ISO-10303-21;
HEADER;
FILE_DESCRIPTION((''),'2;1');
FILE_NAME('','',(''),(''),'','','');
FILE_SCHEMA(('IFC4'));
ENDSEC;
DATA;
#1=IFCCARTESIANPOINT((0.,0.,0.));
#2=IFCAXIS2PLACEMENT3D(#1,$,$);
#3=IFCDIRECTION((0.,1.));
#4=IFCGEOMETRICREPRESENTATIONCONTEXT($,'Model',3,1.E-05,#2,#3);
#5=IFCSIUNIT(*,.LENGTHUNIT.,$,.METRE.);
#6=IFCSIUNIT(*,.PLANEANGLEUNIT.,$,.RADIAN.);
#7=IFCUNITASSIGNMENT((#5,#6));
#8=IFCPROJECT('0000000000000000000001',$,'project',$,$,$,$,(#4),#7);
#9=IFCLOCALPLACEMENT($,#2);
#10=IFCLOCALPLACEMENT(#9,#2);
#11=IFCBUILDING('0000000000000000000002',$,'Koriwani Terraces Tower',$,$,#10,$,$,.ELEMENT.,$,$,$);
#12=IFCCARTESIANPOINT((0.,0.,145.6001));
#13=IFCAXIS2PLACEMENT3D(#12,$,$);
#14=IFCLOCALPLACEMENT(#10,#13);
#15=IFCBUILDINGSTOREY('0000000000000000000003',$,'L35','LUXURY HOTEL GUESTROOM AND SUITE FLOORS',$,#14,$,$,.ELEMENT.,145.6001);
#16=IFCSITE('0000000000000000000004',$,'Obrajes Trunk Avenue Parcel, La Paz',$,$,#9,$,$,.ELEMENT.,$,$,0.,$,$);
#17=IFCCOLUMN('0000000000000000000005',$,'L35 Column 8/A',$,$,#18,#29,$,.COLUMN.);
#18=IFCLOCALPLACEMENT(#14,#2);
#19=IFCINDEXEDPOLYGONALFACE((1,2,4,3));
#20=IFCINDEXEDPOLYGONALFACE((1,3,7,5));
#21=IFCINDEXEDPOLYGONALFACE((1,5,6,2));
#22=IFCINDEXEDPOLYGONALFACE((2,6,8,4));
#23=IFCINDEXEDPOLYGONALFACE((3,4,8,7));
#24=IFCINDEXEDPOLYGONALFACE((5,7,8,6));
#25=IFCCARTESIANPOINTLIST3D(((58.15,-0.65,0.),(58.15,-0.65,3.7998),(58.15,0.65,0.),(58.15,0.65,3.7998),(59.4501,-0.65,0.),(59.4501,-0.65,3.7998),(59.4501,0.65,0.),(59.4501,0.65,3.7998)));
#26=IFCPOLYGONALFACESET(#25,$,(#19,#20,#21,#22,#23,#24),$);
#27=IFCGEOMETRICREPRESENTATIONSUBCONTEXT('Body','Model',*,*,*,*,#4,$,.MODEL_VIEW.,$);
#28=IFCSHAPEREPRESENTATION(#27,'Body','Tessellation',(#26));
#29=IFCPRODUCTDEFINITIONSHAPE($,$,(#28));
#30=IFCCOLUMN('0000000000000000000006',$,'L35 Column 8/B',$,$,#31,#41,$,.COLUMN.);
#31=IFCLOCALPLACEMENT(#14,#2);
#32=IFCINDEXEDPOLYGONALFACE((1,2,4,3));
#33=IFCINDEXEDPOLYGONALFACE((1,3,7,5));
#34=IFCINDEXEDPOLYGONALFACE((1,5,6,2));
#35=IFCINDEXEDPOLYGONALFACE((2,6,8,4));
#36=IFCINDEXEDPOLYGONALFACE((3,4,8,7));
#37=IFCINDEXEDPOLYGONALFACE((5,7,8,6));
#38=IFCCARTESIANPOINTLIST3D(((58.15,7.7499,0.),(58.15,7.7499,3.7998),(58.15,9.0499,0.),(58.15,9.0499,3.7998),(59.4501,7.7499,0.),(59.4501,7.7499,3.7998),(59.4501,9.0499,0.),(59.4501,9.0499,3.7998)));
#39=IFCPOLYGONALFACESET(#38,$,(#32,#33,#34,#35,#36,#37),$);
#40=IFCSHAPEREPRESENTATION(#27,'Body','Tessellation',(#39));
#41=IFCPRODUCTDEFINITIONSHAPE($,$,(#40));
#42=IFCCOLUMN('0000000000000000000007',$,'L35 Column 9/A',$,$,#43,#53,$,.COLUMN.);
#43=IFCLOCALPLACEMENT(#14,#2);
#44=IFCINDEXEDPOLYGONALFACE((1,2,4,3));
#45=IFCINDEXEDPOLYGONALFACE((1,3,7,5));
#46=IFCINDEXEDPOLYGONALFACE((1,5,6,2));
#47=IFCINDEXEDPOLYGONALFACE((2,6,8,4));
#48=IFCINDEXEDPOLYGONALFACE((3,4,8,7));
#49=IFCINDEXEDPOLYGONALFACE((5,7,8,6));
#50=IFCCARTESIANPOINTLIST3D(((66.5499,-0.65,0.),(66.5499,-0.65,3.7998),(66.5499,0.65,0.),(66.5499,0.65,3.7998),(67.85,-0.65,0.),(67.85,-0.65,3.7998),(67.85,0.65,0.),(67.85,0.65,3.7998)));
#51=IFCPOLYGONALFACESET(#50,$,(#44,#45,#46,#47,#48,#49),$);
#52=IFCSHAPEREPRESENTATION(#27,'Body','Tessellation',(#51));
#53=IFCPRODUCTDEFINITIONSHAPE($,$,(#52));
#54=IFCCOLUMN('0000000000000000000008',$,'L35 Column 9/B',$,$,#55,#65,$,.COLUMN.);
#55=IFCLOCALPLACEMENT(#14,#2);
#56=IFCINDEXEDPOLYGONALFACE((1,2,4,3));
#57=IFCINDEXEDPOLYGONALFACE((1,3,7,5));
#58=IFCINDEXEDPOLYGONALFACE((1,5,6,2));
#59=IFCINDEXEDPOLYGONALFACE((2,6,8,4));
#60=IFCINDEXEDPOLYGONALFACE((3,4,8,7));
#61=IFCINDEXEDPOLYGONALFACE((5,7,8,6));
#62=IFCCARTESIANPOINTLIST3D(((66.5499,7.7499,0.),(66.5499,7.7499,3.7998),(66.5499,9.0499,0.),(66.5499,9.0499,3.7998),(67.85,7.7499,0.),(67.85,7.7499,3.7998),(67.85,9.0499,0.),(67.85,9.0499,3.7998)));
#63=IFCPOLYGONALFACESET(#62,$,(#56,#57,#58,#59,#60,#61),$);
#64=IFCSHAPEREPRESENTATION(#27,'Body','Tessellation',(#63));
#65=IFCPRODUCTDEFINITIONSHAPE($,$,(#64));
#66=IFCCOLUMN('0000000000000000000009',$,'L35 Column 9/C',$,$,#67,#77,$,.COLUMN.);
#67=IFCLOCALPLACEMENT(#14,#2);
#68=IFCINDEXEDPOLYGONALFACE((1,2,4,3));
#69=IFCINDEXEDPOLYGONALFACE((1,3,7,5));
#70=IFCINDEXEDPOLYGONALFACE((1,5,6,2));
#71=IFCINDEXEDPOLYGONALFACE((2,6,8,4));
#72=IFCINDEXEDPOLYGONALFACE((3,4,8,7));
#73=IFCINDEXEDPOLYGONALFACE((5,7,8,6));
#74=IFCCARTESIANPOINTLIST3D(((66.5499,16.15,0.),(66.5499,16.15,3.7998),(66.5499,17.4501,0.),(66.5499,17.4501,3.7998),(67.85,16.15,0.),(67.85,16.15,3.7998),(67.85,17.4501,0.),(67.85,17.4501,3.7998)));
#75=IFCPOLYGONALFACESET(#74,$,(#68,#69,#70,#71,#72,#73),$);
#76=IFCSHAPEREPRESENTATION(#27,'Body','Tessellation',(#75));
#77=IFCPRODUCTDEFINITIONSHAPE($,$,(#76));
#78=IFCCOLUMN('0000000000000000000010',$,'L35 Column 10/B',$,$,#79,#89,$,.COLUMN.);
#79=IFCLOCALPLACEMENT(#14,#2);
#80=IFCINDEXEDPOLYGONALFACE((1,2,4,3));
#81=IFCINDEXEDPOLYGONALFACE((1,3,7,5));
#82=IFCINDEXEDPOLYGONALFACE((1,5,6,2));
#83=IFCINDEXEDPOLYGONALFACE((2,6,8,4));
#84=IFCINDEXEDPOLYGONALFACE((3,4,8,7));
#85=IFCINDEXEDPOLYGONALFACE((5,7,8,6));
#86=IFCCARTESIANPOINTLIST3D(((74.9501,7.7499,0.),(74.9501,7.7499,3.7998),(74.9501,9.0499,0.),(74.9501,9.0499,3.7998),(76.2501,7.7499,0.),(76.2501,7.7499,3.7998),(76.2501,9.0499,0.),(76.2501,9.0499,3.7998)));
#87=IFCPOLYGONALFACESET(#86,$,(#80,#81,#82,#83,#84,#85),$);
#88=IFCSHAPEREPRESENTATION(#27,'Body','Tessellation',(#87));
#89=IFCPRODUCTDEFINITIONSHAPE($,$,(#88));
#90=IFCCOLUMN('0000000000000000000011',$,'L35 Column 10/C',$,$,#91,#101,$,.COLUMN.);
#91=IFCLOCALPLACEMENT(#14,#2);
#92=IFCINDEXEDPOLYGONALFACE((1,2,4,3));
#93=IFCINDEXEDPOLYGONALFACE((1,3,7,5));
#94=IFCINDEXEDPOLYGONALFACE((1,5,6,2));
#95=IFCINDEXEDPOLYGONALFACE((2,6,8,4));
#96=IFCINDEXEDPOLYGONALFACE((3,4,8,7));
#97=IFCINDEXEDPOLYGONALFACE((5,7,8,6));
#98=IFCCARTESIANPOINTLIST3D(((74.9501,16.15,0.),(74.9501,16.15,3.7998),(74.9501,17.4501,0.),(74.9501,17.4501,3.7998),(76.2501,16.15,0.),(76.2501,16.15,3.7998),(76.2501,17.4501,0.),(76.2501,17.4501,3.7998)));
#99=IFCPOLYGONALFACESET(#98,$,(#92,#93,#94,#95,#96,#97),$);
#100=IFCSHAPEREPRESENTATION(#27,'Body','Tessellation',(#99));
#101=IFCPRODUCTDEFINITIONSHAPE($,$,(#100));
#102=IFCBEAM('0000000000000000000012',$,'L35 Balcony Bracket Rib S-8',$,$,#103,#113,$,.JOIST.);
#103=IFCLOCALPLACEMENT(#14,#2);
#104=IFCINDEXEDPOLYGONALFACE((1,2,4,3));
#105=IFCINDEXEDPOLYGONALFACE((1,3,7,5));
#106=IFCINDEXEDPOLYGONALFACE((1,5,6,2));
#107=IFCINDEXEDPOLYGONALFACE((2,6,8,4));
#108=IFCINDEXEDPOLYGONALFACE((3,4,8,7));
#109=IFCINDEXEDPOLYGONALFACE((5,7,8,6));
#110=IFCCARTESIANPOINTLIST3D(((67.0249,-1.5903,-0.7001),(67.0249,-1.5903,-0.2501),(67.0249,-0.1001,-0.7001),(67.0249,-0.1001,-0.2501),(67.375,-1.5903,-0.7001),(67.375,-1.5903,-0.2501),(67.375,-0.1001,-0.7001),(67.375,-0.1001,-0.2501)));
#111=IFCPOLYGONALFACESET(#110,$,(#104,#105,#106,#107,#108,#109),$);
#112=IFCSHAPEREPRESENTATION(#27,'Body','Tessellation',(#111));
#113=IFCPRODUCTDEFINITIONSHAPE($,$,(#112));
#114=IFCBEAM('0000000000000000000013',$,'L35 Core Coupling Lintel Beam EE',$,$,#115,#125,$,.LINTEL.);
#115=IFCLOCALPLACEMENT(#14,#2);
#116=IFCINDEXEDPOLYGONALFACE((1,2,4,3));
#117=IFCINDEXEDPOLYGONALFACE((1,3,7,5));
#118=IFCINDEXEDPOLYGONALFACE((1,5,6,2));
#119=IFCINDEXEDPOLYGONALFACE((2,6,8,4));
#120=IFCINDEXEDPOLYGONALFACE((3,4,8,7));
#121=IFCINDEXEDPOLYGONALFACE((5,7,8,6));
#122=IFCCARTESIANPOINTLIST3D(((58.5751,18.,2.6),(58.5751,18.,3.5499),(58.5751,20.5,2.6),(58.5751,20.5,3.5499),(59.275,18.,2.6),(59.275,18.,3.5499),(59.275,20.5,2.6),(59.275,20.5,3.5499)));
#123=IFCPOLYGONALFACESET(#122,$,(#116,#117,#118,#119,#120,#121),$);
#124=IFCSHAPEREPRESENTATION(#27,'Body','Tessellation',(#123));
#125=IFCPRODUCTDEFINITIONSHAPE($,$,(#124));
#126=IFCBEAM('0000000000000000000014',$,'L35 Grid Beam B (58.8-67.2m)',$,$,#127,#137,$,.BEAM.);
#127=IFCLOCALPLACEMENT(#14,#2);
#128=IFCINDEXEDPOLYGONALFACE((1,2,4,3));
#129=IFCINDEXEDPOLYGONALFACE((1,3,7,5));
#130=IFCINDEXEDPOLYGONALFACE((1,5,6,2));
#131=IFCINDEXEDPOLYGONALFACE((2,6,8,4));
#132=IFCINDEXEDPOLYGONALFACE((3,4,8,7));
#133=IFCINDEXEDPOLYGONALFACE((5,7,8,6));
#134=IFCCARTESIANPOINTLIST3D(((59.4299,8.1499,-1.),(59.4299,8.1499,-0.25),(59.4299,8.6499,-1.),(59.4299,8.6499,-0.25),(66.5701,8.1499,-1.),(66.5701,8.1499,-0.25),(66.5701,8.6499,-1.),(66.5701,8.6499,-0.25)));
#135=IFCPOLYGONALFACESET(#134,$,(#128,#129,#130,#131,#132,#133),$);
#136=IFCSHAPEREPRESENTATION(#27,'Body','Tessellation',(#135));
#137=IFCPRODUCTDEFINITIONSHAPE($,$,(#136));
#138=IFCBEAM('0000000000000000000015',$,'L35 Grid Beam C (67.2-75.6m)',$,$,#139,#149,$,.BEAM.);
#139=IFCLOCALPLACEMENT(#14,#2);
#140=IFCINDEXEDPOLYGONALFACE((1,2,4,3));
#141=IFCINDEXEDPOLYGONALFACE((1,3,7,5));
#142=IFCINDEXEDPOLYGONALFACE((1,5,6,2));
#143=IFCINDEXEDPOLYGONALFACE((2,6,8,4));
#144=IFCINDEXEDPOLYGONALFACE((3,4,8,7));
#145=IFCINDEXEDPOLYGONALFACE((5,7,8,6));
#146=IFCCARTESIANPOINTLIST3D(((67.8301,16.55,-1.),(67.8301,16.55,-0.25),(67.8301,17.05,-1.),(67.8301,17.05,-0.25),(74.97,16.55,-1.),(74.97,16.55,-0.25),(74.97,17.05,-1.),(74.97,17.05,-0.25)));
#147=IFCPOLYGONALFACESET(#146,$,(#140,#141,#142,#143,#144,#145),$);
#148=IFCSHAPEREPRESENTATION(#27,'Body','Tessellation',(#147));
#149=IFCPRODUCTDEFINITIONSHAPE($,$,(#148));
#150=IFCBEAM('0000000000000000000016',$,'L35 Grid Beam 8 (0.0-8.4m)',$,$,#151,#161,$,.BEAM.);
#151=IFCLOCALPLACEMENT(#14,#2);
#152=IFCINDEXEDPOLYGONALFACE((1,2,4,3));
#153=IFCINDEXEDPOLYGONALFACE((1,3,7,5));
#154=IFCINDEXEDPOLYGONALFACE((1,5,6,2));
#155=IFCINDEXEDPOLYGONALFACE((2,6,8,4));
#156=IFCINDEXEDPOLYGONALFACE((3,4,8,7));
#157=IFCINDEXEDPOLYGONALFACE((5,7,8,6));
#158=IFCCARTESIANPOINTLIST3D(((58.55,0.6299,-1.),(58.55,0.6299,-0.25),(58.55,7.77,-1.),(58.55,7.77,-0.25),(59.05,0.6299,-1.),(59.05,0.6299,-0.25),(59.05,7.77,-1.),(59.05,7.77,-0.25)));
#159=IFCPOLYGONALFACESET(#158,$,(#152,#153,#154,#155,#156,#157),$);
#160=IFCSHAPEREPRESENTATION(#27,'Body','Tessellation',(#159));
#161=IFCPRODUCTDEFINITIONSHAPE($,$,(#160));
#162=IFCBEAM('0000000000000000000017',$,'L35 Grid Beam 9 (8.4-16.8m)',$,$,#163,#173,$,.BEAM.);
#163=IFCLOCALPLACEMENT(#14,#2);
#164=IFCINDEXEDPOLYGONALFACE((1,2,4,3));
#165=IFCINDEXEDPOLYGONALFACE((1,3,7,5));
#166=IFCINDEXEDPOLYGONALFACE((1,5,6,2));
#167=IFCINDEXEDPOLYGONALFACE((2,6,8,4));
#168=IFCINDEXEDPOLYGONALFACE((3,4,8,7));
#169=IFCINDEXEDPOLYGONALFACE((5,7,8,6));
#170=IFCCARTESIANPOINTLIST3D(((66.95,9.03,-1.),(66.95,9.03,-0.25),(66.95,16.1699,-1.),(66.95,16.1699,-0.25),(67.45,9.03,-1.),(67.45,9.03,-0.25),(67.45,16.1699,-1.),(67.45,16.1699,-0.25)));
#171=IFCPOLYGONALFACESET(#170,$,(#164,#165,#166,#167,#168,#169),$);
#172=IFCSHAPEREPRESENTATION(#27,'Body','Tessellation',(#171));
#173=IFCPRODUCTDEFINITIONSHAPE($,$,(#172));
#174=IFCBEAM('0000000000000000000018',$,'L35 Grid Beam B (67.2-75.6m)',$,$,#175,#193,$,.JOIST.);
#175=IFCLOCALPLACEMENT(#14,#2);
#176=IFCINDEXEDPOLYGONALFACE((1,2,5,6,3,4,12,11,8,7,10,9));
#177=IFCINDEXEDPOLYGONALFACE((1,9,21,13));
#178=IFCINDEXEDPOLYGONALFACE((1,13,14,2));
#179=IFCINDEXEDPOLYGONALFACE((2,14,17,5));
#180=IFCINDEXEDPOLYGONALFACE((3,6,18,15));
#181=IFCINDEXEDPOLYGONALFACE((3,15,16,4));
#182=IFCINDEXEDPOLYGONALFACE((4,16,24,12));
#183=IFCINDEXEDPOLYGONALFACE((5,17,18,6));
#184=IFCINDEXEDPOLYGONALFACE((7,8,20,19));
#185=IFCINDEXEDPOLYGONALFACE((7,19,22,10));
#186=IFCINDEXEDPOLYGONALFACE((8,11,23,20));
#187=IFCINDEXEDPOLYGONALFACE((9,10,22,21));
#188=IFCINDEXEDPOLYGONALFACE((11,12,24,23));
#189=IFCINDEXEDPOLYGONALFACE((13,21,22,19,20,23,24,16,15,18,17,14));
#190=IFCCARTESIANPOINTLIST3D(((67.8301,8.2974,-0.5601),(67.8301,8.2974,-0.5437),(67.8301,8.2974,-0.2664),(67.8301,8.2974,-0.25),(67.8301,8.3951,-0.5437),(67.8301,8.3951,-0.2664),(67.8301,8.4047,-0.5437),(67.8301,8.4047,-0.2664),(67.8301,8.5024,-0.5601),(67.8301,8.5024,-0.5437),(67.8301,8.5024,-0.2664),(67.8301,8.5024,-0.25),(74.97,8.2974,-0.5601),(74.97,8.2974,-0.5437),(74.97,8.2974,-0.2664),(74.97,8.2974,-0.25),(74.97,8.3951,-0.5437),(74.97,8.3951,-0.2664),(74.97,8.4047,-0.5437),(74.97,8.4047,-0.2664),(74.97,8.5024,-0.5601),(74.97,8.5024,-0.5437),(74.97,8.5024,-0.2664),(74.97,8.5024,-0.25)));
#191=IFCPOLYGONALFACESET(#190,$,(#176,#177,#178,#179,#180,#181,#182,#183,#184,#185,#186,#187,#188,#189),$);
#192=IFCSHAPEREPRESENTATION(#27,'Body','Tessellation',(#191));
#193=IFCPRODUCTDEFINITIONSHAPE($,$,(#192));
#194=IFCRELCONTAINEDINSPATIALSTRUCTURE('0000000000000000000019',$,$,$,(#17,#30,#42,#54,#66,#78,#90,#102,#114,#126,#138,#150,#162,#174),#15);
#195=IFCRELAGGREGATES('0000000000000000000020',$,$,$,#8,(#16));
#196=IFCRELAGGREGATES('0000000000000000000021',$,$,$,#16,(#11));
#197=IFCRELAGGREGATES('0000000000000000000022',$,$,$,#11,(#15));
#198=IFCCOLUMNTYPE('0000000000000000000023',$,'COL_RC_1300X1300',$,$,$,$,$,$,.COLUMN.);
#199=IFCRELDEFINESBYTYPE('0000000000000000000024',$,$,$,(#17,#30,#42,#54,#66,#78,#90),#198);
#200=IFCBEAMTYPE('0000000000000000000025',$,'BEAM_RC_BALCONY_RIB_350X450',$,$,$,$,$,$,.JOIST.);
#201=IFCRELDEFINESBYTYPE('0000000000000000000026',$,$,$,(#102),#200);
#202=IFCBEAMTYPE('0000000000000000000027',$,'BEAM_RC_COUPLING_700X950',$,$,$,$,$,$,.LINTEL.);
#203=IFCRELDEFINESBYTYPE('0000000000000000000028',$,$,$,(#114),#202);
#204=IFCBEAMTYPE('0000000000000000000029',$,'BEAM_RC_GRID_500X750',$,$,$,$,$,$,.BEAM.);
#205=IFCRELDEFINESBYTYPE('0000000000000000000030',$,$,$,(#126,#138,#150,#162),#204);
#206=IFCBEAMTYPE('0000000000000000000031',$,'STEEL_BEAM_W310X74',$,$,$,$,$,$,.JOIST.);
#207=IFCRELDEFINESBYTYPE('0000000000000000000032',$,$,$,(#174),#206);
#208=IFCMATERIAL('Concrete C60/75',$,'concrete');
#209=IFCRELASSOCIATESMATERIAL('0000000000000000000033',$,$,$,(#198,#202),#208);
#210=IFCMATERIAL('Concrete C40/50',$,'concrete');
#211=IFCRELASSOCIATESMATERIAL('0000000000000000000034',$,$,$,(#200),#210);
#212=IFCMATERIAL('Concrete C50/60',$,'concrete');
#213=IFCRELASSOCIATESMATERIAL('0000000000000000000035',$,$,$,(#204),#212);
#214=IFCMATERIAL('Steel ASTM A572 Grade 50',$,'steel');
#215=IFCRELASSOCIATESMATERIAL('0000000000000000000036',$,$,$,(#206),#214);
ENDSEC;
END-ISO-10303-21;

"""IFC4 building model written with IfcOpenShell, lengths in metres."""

from ifc_helpers import new_model, si_unit, direction, frame, origin, origin_2d, place, context, subcontext, project, spatial, rectangle, i_section, extrude, material, material_profile, profile_set, type_object, element, save


model = new_model("IFC4")

# Units and contexts
model_context = context("Model", 3, precision=1e-05, world=origin(), true_north=direction((0.0, 1.0)))
body_context = subcontext(model_context, "Body", "Model", "MODEL_VIEW")
ifc_project = project(units=[si_unit("LENGTHUNIT", "METRE"), si_unit("PLANEANGLEUNIT", "RADIAN")], contexts=[model_context])

# Site, building, storey
site_placement = place(None, origin())
site = spatial("IfcSite", under=ifc_project, at=site_placement, Name="Obrajes Trunk Avenue Parcel, La Paz", CompositionType="ELEMENT", RefElevation=0.0)
building_placement = place(site_placement, origin())
building = spatial("IfcBuilding", under=site, at=building_placement, Name="Koriwani Terraces Tower", CompositionType="ELEMENT")
storey_placement = place(building_placement, frame((0.0, 0.0, 145.6001)))
storey = spatial("IfcBuildingStorey", under=building, at=storey_placement, Name="L35", Description="LUXURY HOTEL GUESTROOM AND SUITE FLOORS", CompositionType="ELEMENT", Elevation=145.6001)

# Columns
ifc_material_1 = material(Name="Concrete C60/75", Category="concrete")
ifc_material_profile_1 = material_profile(ifc_material_1, rectangle(XDim=1.3, YDim=1.3, at=origin_2d()), Name="Concrete C60/75", Category="LoadBearing")
ifc_profile_set_1 = profile_set([ifc_material_profile_1], Name="Concrete C60/75")
column_type = type_object("IfcColumnType", Name="COL_RC_1300X1300", PredefinedType="COLUMN", material=ifc_profile_set_1)
for number, where, z_axis, x_axis, name in (
    (1, (58.8, 0.0, 0.0), (0.0, 0.0, 1.0), (1.0, 0.0, 0.0), "L35 Column 8/A"),
    (2, (58.8, 8.3999, 0.0), (0.0, 0.0, 1.0), (1.0, 0.0, 0.0), "L35 Column 8/B"),
    (3, (67.2, 0.0, 0.0), (0.0, 0.0, 1.0), (1.0, 0.0, 0.0), "L35 Column 9/A"),
    (4, (67.2, 8.3999, 0.0), (0.0, 0.0, 1.0), (1.0, 0.0, 0.0), "L35 Column 9/B"),
    (5, (67.2, 16.8, 0.0), (0.0, 0.0, 1.0), (1.0, 0.0, 0.0), "L35 Column 9/C"),
    (6, (75.6001, 8.3999, 0.0), (0.0, 0.0, 1.0), (1.0, 0.0, 0.0), "L35 Column 10/B"),
    (7, (75.6001, 16.8, 0.0), (0.0, 0.0, 1.0), (1.0, 0.0, 0.0), "L35 Column 10/C"),
):
    element("IfcColumn", number, at=place(storey_placement, frame(where, z_axis=z_axis, x_axis=x_axis)), inside=storey, type_object=column_type, Name=name, PredefinedType="COLUMN", context=body_context, shape_type="SweptSolid", body=[
        extrude(rectangle(XDim=1.3, YDim=1.3, at=origin_2d()), origin(), (0.0, 0.0, 1.0), 3.7998),
    ])

# Beams
ifc_material_2 = material(Name="Concrete C40/50", Category="concrete")
ifc_material_profile_2 = material_profile(ifc_material_2, rectangle(XDim=0.3501, YDim=0.45, at=origin_2d()), Name="Concrete C40/50", Category="LoadBearing")
ifc_profile_set_2 = profile_set([ifc_material_profile_2], Name="Concrete C40/50")
beam_type_1 = type_object("IfcBeamType", Name="BEAM_RC_BALCONY_RIB_350X450", PredefinedType="JOIST", material=ifc_profile_set_2)
beam_1_placement = place(storey_placement, frame((67.2, -1.5903, -0.4751), z_axis=(0.0, 1.0, 0.0), x_axis=(-1.0, 0.0, 0.0)))
element("IfcBeam", 8, at=beam_1_placement, inside=storey, type_object=beam_type_1, Name="L35 Balcony Bracket Rib S-8", PredefinedType="JOIST", context=body_context, shape_type="SweptSolid", body=[
    extrude(rectangle(XDim=0.3501, YDim=0.45, at=origin_2d()), origin(), (0.0, 0.0, 1.0), 1.4902),
])
ifc_material_profile_3 = material_profile(ifc_material_1, rectangle(XDim=0.7, YDim=0.95, at=origin_2d()), Name="Concrete C60/75", Category="LoadBearing")
ifc_profile_set_3 = profile_set([ifc_material_profile_3], Name="Concrete C60/75")
beam_type_2 = type_object("IfcBeamType", Name="BEAM_RC_COUPLING_700X950", PredefinedType="LINTEL", material=ifc_profile_set_3)
beam_2_placement = place(storey_placement, frame((58.925, 18.0, 3.075), z_axis=(0.0, 1.0, 0.0), x_axis=(-1.0, 0.0, 0.0)))
element("IfcBeam", 9, at=beam_2_placement, inside=storey, type_object=beam_type_2, Name="L35 Core Coupling Lintel Beam EE", PredefinedType="LINTEL", context=body_context, shape_type="SweptSolid", body=[
    extrude(rectangle(XDim=0.7, YDim=0.95, at=origin_2d()), origin(), (0.0, 0.0, 1.0), 2.5),
])
ifc_material_3 = material(Name="Concrete C50/60", Category="concrete")
ifc_material_profile_4 = material_profile(ifc_material_3, rectangle(XDim=0.5, YDim=0.75, at=origin_2d()), Name="Concrete C50/60", Category="LoadBearing")
ifc_profile_set_4 = profile_set([ifc_material_profile_4], Name="Concrete C50/60")
beam_type_3 = type_object("IfcBeamType", Name="BEAM_RC_GRID_500X750", PredefinedType="BEAM", material=ifc_profile_set_4)
beam_3_placement = place(storey_placement, frame((59.4299, 8.3999, -0.625), z_axis=(1.0, 0.0, 0.0), x_axis=(0.0, 1.0, 0.0)))
element("IfcBeam", 10, at=beam_3_placement, inside=storey, type_object=beam_type_3, Name="L35 Grid Beam B (58.8-67.2m)", PredefinedType="BEAM", context=body_context, shape_type="SweptSolid", body=[
    extrude(rectangle(XDim=0.5, YDim=0.75, at=origin_2d()), origin(), (0.0, 0.0, 1.0), 7.1401),
])
beam_4_placement = place(storey_placement, frame((67.8301, 16.8, -0.625), z_axis=(1.0, 0.0, 0.0), x_axis=(0.0, 1.0, 0.0)))
element("IfcBeam", 11, at=beam_4_placement, inside=storey, type_object=beam_type_3, Name="L35 Grid Beam C (67.2-75.6m)", PredefinedType="BEAM", context=body_context, shape_type="SweptSolid", body=[
    extrude(rectangle(XDim=0.5, YDim=0.75, at=origin_2d()), origin(), (0.0, 0.0, 1.0), 7.1399),
])
beam_5_placement = place(storey_placement, frame((58.8, 0.6299, -0.625), z_axis=(0.0, 1.0, 0.0), x_axis=(-1.0, 0.0, 0.0)))
element("IfcBeam", 12, at=beam_5_placement, inside=storey, type_object=beam_type_3, Name="L35 Grid Beam 8 (0.0-8.4m)", PredefinedType="BEAM", context=body_context, shape_type="SweptSolid", body=[
    extrude(rectangle(XDim=0.5, YDim=0.75, at=origin_2d()), origin(), (0.0, 0.0, 1.0), 7.1401),
])
beam_6_placement = place(storey_placement, frame((67.2, 9.03, -0.625), z_axis=(0.0, 1.0, 0.0), x_axis=(-1.0, 0.0, 0.0)))
element("IfcBeam", 13, at=beam_6_placement, inside=storey, type_object=beam_type_3, Name="L35 Grid Beam 9 (8.4-16.8m)", PredefinedType="BEAM", context=body_context, shape_type="SweptSolid", body=[
    extrude(rectangle(XDim=0.5, YDim=0.75, at=origin_2d()), origin(), (0.0, 0.0, 1.0), 7.1399),
])
ifc_material_4 = material(Name="Steel ASTM A572 Grade 50", Category="steel")
ifc_material_profile_5 = material_profile(ifc_material_4, i_section(OverallWidth=0.2051, OverallDepth=0.3101, WebThickness=0.0095, FlangeThickness=0.0164, at=origin_2d()), Name="Steel ASTM A572 Grade 50", Category="LoadBearing")
ifc_profile_set_5 = profile_set([ifc_material_profile_5], Name="Steel ASTM A572 Grade 50")
beam_type_4 = type_object("IfcBeamType", Name="STEEL_BEAM_W310X74", PredefinedType="JOIST", material=ifc_profile_set_5)
beam_7_placement = place(storey_placement, frame((67.8301, 8.3999, -0.405), z_axis=(1.0, 0.0, 0.0), x_axis=(0.0, 1.0, 0.0)))
element("IfcBeam", 14, at=beam_7_placement, inside=storey, type_object=beam_type_4, Name="L35 Grid Beam B (67.2-75.6m)", PredefinedType="JOIST", context=body_context, shape_type="SweptSolid", body=[
    extrude(i_section(OverallWidth=0.2051, OverallDepth=0.3101, WebThickness=0.0095, FlangeThickness=0.0164, at=origin_2d()), origin(), (0.0, 0.0, 1.0), 7.1399),
])

save(model, "model.ifc")
